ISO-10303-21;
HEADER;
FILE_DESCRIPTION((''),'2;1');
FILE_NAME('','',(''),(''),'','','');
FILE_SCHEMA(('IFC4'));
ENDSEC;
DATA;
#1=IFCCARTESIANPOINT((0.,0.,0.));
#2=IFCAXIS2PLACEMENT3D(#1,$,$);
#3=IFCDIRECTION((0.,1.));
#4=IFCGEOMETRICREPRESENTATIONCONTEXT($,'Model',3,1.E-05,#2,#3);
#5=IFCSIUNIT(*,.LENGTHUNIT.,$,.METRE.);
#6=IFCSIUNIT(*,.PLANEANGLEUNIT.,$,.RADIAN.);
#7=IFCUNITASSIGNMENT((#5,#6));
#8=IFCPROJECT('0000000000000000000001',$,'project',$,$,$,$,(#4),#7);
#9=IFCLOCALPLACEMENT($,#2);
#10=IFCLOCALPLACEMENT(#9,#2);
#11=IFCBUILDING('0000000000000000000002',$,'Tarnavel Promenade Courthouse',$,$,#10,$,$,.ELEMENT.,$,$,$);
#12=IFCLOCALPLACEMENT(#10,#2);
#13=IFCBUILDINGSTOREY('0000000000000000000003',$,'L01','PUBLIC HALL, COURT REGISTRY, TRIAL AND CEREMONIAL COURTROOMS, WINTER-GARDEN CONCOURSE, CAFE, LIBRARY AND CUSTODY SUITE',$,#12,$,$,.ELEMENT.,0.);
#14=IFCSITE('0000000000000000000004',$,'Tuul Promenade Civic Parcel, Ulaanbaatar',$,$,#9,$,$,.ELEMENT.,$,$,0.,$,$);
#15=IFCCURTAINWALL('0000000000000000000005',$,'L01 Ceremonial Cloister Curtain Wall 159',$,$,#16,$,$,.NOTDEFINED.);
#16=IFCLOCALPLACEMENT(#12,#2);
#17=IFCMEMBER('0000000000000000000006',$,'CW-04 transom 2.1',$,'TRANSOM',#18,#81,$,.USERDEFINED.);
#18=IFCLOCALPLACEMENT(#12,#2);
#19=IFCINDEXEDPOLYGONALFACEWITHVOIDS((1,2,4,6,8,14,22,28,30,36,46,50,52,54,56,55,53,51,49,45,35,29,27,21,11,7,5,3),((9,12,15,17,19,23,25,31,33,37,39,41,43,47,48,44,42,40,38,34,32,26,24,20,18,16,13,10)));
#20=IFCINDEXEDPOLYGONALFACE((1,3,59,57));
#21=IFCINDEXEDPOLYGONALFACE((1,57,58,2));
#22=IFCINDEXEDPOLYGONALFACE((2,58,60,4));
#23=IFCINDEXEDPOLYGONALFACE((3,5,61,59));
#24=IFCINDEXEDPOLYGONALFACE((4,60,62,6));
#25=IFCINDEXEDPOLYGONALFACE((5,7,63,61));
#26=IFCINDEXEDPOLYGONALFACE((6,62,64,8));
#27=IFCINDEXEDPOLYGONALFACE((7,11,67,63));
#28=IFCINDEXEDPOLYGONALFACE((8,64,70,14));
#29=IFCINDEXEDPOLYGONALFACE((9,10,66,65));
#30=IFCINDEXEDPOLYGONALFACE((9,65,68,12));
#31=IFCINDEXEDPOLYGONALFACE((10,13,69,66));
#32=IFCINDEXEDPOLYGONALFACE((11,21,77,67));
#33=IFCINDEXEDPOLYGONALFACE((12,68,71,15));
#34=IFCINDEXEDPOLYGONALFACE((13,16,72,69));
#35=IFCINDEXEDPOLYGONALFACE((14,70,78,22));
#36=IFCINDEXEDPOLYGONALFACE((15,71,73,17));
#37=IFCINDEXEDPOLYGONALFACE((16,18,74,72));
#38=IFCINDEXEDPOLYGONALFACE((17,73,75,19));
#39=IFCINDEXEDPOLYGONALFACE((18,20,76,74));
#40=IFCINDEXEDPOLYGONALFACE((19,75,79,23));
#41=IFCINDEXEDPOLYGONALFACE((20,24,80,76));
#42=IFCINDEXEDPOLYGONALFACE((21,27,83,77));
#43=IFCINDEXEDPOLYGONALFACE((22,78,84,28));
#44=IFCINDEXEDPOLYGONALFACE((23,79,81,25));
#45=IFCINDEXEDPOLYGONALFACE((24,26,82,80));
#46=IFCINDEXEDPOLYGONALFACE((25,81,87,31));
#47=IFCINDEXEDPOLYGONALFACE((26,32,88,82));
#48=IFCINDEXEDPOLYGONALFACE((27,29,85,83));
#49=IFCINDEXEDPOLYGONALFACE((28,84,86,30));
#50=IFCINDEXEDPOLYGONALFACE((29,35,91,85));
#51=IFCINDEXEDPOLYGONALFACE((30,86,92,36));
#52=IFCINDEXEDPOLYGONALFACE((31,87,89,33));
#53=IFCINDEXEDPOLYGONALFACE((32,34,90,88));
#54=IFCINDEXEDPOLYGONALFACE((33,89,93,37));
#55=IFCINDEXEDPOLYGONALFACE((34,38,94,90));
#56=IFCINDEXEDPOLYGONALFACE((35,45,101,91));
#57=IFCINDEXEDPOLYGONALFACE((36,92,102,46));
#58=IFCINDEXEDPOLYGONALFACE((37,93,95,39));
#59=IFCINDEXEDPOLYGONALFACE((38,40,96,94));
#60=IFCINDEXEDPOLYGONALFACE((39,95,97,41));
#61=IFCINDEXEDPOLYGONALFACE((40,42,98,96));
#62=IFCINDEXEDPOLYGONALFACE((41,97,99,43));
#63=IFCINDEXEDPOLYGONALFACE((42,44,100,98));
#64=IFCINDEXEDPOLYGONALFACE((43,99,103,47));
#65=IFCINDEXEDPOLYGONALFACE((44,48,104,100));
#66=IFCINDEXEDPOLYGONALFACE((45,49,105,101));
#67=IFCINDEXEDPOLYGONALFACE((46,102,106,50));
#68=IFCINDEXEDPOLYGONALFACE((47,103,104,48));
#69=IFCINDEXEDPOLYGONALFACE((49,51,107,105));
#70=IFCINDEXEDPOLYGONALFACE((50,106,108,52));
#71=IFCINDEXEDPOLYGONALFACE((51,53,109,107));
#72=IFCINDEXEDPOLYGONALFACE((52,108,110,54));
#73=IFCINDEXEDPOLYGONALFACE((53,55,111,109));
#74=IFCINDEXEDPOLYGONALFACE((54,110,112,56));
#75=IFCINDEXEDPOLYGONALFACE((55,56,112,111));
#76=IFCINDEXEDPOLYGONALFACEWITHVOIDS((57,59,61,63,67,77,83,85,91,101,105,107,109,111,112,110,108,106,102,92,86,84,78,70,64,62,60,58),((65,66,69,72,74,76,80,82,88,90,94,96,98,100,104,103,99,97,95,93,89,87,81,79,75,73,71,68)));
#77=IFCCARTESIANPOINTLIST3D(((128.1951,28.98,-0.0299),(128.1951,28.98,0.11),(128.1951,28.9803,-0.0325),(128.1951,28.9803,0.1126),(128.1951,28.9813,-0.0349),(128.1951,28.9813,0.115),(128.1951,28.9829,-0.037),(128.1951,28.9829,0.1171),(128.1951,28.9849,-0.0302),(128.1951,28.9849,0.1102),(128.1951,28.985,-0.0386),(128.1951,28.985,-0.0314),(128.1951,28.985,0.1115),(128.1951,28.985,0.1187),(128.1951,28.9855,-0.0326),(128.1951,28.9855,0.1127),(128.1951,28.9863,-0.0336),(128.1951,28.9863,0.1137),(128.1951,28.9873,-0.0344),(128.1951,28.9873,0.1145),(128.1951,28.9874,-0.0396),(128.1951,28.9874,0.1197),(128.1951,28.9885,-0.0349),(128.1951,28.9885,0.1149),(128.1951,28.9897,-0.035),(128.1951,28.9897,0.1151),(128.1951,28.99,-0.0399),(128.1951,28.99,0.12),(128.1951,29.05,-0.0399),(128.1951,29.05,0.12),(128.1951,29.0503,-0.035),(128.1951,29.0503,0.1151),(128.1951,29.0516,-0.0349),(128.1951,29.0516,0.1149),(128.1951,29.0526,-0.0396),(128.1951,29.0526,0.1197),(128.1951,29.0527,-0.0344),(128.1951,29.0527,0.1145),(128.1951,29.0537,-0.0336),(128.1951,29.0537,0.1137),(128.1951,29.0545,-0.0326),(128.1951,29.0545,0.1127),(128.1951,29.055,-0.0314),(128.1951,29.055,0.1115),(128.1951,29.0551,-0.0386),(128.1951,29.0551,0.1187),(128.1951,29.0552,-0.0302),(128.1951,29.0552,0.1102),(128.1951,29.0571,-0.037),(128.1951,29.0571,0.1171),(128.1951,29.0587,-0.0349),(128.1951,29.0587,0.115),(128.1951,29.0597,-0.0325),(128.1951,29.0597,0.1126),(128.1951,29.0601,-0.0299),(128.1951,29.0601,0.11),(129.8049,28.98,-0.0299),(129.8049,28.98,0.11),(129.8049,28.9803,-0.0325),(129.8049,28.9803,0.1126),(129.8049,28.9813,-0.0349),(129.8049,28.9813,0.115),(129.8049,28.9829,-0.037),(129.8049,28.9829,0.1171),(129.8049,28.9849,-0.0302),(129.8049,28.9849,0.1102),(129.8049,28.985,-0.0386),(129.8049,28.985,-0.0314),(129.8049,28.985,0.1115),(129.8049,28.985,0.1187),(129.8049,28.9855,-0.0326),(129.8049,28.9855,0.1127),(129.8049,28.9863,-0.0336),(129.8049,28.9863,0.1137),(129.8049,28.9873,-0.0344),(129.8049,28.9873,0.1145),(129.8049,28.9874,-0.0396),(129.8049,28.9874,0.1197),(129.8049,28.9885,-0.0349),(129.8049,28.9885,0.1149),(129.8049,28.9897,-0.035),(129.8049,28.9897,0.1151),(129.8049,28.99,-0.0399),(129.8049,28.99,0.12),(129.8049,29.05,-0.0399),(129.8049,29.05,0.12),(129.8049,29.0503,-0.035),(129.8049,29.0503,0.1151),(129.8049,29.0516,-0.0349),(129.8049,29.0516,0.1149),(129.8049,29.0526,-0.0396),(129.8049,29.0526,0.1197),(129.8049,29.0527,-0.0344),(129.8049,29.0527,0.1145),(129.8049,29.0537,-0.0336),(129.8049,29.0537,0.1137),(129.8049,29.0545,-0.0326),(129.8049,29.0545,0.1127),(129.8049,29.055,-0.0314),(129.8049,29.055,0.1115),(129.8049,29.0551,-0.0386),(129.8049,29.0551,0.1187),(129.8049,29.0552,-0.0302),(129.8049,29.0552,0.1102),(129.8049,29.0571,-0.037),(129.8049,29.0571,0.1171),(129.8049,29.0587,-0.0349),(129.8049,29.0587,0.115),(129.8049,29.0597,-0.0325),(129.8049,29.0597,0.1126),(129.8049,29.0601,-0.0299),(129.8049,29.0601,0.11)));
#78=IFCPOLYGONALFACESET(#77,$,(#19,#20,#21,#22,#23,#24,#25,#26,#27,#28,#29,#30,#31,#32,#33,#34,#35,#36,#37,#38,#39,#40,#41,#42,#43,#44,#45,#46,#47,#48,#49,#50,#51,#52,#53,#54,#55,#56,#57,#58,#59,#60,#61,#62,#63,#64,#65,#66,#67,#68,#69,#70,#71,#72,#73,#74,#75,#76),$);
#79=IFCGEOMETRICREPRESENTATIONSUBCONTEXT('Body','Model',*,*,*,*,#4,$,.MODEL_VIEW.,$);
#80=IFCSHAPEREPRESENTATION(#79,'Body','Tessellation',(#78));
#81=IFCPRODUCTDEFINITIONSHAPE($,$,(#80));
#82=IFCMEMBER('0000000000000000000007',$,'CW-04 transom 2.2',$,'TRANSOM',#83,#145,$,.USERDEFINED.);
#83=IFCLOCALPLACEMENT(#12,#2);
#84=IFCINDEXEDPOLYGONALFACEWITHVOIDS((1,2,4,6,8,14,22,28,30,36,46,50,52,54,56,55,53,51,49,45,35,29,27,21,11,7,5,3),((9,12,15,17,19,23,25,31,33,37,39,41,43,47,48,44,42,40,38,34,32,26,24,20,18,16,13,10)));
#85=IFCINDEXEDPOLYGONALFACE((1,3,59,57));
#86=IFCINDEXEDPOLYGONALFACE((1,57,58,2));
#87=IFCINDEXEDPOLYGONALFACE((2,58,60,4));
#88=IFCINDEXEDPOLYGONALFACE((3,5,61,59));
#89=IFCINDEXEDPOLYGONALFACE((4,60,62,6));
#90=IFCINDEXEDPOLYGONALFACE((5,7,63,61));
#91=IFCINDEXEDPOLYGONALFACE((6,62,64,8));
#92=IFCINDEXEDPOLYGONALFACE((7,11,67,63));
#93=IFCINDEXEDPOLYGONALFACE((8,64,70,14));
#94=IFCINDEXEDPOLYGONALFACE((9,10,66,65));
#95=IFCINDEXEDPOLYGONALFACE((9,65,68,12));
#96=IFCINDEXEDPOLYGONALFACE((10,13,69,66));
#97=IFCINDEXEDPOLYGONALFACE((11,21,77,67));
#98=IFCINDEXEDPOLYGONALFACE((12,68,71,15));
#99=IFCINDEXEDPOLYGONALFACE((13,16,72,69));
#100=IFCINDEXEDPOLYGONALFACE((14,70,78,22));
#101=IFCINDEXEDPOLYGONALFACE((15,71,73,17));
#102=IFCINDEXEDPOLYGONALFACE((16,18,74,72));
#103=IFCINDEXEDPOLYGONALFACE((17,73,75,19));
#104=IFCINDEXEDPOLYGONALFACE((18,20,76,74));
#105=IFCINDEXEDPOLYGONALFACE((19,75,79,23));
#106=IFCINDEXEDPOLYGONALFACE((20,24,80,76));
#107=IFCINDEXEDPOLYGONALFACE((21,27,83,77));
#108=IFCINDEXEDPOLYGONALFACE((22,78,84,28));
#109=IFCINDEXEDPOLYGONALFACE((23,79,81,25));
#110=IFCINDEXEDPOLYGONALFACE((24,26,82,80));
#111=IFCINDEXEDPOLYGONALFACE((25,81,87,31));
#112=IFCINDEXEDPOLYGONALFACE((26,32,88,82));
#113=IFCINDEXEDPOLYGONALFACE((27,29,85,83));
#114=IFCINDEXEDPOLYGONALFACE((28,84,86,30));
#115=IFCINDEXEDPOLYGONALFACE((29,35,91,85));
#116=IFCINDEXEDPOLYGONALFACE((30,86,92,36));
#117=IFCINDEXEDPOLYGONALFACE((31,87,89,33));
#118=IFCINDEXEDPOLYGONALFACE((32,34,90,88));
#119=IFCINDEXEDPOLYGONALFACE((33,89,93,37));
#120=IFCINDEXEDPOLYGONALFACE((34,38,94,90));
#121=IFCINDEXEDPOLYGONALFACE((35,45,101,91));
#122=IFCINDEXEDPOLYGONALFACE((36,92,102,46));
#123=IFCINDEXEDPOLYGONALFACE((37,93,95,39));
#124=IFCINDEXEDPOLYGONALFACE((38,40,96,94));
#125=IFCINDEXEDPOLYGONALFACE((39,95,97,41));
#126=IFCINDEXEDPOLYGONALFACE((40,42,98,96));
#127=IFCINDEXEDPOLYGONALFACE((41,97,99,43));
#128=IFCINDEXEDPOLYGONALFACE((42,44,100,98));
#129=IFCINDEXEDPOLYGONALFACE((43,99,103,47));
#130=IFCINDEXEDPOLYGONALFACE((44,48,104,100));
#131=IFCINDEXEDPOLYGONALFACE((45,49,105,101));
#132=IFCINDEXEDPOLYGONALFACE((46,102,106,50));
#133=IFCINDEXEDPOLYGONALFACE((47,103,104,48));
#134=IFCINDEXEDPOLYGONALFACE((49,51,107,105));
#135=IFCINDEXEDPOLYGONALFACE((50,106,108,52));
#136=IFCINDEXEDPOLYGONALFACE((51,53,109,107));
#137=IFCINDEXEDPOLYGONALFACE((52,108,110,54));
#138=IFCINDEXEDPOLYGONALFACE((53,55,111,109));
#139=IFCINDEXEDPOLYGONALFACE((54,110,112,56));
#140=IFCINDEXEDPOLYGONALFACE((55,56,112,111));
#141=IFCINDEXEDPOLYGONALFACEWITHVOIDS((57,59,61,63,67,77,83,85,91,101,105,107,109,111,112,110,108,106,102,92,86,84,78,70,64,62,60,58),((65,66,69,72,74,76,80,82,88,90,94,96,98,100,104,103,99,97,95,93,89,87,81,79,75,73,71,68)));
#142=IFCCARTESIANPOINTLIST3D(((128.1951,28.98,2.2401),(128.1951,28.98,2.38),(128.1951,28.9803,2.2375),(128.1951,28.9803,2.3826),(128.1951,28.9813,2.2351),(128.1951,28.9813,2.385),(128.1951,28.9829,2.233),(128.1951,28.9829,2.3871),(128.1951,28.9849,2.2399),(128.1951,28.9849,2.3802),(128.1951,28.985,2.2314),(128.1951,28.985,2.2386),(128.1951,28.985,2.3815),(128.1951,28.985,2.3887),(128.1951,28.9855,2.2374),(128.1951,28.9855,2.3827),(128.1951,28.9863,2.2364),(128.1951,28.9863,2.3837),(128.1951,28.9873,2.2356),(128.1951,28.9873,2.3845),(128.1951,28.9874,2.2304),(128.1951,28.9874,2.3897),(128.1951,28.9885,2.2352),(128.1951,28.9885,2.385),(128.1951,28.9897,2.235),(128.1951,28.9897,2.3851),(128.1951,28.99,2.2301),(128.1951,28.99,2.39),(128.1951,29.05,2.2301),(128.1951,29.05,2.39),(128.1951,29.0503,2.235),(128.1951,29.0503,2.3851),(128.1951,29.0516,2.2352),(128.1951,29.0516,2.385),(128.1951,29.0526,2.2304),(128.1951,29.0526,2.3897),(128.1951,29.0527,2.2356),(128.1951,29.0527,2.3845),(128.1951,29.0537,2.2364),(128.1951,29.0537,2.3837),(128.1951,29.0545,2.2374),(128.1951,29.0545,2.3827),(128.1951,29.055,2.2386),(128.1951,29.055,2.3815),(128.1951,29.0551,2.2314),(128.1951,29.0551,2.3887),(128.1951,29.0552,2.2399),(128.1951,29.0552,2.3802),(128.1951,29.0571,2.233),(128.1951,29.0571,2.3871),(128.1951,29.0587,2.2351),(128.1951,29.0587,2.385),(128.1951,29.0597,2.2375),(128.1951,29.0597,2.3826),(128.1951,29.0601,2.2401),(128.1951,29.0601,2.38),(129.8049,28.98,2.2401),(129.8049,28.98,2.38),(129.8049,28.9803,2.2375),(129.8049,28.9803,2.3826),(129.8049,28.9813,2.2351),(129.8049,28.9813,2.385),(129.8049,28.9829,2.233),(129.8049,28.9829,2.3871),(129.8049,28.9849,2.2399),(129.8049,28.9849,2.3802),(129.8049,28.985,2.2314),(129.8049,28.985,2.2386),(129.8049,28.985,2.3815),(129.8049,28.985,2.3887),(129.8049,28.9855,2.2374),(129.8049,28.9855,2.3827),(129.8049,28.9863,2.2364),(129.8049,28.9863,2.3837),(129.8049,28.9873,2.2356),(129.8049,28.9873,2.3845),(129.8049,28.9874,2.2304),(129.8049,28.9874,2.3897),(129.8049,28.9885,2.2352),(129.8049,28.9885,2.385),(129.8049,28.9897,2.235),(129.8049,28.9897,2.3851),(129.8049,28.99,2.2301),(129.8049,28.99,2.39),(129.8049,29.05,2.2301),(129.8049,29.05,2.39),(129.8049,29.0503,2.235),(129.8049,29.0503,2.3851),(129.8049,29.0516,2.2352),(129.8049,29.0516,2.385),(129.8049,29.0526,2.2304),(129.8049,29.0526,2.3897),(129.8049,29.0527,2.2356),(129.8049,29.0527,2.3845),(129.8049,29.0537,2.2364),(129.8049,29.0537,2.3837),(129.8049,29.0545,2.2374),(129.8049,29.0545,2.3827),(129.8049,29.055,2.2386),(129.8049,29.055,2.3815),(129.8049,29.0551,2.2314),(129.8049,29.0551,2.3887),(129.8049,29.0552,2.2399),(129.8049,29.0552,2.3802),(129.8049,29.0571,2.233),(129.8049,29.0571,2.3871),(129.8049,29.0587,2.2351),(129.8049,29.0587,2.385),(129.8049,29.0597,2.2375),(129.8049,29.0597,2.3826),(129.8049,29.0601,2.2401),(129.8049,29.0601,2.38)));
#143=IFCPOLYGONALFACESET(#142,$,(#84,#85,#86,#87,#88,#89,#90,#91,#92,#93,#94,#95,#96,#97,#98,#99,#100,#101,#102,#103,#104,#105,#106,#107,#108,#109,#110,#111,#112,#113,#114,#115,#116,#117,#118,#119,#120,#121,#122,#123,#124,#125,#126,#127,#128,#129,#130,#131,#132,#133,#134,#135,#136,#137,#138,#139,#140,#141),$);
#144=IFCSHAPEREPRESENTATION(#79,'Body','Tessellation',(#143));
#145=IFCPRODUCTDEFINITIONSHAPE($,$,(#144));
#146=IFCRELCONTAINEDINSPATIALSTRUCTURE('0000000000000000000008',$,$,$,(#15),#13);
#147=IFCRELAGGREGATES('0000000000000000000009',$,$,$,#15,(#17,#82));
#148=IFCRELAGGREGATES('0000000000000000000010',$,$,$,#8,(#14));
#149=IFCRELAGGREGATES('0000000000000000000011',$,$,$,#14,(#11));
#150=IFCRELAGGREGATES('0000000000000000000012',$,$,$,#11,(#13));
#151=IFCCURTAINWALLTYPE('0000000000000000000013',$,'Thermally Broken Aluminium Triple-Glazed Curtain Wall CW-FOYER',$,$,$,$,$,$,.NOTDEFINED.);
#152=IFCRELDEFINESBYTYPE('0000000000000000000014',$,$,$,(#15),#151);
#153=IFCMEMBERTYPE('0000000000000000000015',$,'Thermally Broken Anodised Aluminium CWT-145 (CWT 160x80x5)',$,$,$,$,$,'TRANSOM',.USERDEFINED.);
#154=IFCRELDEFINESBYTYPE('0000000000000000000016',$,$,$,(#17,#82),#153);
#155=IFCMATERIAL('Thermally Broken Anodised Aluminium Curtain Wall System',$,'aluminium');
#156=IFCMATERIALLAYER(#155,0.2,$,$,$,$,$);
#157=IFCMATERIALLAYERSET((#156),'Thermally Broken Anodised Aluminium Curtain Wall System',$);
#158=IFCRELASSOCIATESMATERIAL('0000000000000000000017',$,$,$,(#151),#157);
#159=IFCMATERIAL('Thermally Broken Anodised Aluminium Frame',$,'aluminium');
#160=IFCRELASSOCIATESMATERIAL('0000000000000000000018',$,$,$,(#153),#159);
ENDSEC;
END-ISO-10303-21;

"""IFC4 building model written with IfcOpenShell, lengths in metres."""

from ifc_helpers import new_model, si_unit, direction, frame, origin, origin_2d, place, context, subcontext, project, spatial, hollow_rectangle, extrude, material, layer, layer_set, material_profile, profile_set, type_object, element, aggregate, save


model = new_model("IFC4")

# Units and contexts
model_context = context("Model", 3, precision=1e-05, world=origin(), true_north=direction((0.0, 1.0)))
body_context = subcontext(model_context, "Body", "Model", "MODEL_VIEW")
ifc_project = project(units=[si_unit("LENGTHUNIT", "METRE"), si_unit("PLANEANGLEUNIT", "RADIAN")], contexts=[model_context])

# Site, building, storey
site_placement = place(None, origin())
site = spatial("IfcSite", under=ifc_project, at=site_placement, Name="Tuul Promenade Civic Parcel, Ulaanbaatar", CompositionType="ELEMENT", RefElevation=0.0)
building_placement = place(site_placement, origin())
building = spatial("IfcBuilding", under=site, at=building_placement, Name="Tarnavel Promenade Courthouse", CompositionType="ELEMENT")
storey_placement = place(building_placement, origin())
storey = spatial("IfcBuildingStorey", under=building, at=storey_placement, Name="L01", Description="PUBLIC HALL, COURT REGISTRY, TRIAL AND CEREMONIAL COURTROOMS, WINTER-GARDEN CONCOURSE, CAFE, LIBRARY AND CUSTODY SUITE", CompositionType="ELEMENT", Elevation=0.0)

# Shared definitions
ifc_material_1 = material(Name="Thermally Broken Anodised Aluminium Curtain Wall System", Category="aluminium")
ifc_layer_1 = layer(ifc_material_1, 0.2)
ifc_layer_set_1 = layer_set([ifc_layer_1], Name="Thermally Broken Anodised Aluminium Curtain Wall System")
curtain_wall_type = type_object("IfcCurtainWallType", Name="Thermally Broken Aluminium Triple-Glazed Curtain Wall CW-FOYER", PredefinedType="NOTDEFINED", material=ifc_layer_set_1)
ifc_material_2 = material(Name="Thermally Broken Anodised Aluminium Frame", Category="aluminium")

# Curtain wall
curtain_wall_1_placement = place(storey_placement, origin())
curtain_wall_1 = element("IfcCurtainWall", 1, at=curtain_wall_1_placement, inside=storey, type_object=curtain_wall_type, Name="L01 Ceremonial Cloister Curtain Wall 159", PredefinedType="NOTDEFINED")

# Members
ifc_material_profile_1 = material_profile(ifc_material_2, hollow_rectangle(XDim=0.0801, YDim=0.1599, WallThickness=0.0049, InnerFilletRadius=0.0049, OuterFilletRadius=0.01, at=origin_2d()), Name="CWT 160x80x5")
ifc_profile_set_1 = profile_set([ifc_material_profile_1], Name="Thermally Broken Anodised Aluminium Frame")
member_type_1 = type_object("IfcMemberType", Name="Thermally Broken Anodised Aluminium CWT-145 (CWT 160x80x5)", ElementType="TRANSOM", PredefinedType="USERDEFINED", material=ifc_profile_set_1)
member_1_placement = place(storey_placement, frame((128.1951, 29.02, 0.04), z_axis=(1.0, 0.0, 0.0), x_axis=(0.0, 1.0, 0.0)))
member_1 = element("IfcMember", 2, at=member_1_placement, type_object=member_type_1, Name="CW-04 transom 2.1", ObjectType="TRANSOM", PredefinedType="USERDEFINED", context=body_context, shape_type="SweptSolid", body=[
    extrude(hollow_rectangle(XDim=0.0801, YDim=0.1599, WallThickness=0.0049, InnerFilletRadius=0.0049, OuterFilletRadius=0.01, at=origin_2d()), origin(), (0.0, 0.0, 1.0), 1.6099),
])
member_2_placement = place(storey_placement, frame((128.1951, 29.02, 2.3101), z_axis=(1.0, 0.0, 0.0), x_axis=(0.0, 1.0, 0.0)))
member_2 = element("IfcMember", 3, at=member_2_placement, type_object=member_type_1, Name="CW-04 transom 2.2", ObjectType="TRANSOM", PredefinedType="USERDEFINED", context=body_context, shape_type="SweptSolid", body=[
    extrude(hollow_rectangle(XDim=0.0801, YDim=0.1599, WallThickness=0.0049, InnerFilletRadius=0.0049, OuterFilletRadius=0.01, at=origin_2d()), origin(), (0.0, 0.0, 1.0), 1.6099),
])

aggregate(curtain_wall_1, [member_1, member_2])

save(model, "model.ifc")
